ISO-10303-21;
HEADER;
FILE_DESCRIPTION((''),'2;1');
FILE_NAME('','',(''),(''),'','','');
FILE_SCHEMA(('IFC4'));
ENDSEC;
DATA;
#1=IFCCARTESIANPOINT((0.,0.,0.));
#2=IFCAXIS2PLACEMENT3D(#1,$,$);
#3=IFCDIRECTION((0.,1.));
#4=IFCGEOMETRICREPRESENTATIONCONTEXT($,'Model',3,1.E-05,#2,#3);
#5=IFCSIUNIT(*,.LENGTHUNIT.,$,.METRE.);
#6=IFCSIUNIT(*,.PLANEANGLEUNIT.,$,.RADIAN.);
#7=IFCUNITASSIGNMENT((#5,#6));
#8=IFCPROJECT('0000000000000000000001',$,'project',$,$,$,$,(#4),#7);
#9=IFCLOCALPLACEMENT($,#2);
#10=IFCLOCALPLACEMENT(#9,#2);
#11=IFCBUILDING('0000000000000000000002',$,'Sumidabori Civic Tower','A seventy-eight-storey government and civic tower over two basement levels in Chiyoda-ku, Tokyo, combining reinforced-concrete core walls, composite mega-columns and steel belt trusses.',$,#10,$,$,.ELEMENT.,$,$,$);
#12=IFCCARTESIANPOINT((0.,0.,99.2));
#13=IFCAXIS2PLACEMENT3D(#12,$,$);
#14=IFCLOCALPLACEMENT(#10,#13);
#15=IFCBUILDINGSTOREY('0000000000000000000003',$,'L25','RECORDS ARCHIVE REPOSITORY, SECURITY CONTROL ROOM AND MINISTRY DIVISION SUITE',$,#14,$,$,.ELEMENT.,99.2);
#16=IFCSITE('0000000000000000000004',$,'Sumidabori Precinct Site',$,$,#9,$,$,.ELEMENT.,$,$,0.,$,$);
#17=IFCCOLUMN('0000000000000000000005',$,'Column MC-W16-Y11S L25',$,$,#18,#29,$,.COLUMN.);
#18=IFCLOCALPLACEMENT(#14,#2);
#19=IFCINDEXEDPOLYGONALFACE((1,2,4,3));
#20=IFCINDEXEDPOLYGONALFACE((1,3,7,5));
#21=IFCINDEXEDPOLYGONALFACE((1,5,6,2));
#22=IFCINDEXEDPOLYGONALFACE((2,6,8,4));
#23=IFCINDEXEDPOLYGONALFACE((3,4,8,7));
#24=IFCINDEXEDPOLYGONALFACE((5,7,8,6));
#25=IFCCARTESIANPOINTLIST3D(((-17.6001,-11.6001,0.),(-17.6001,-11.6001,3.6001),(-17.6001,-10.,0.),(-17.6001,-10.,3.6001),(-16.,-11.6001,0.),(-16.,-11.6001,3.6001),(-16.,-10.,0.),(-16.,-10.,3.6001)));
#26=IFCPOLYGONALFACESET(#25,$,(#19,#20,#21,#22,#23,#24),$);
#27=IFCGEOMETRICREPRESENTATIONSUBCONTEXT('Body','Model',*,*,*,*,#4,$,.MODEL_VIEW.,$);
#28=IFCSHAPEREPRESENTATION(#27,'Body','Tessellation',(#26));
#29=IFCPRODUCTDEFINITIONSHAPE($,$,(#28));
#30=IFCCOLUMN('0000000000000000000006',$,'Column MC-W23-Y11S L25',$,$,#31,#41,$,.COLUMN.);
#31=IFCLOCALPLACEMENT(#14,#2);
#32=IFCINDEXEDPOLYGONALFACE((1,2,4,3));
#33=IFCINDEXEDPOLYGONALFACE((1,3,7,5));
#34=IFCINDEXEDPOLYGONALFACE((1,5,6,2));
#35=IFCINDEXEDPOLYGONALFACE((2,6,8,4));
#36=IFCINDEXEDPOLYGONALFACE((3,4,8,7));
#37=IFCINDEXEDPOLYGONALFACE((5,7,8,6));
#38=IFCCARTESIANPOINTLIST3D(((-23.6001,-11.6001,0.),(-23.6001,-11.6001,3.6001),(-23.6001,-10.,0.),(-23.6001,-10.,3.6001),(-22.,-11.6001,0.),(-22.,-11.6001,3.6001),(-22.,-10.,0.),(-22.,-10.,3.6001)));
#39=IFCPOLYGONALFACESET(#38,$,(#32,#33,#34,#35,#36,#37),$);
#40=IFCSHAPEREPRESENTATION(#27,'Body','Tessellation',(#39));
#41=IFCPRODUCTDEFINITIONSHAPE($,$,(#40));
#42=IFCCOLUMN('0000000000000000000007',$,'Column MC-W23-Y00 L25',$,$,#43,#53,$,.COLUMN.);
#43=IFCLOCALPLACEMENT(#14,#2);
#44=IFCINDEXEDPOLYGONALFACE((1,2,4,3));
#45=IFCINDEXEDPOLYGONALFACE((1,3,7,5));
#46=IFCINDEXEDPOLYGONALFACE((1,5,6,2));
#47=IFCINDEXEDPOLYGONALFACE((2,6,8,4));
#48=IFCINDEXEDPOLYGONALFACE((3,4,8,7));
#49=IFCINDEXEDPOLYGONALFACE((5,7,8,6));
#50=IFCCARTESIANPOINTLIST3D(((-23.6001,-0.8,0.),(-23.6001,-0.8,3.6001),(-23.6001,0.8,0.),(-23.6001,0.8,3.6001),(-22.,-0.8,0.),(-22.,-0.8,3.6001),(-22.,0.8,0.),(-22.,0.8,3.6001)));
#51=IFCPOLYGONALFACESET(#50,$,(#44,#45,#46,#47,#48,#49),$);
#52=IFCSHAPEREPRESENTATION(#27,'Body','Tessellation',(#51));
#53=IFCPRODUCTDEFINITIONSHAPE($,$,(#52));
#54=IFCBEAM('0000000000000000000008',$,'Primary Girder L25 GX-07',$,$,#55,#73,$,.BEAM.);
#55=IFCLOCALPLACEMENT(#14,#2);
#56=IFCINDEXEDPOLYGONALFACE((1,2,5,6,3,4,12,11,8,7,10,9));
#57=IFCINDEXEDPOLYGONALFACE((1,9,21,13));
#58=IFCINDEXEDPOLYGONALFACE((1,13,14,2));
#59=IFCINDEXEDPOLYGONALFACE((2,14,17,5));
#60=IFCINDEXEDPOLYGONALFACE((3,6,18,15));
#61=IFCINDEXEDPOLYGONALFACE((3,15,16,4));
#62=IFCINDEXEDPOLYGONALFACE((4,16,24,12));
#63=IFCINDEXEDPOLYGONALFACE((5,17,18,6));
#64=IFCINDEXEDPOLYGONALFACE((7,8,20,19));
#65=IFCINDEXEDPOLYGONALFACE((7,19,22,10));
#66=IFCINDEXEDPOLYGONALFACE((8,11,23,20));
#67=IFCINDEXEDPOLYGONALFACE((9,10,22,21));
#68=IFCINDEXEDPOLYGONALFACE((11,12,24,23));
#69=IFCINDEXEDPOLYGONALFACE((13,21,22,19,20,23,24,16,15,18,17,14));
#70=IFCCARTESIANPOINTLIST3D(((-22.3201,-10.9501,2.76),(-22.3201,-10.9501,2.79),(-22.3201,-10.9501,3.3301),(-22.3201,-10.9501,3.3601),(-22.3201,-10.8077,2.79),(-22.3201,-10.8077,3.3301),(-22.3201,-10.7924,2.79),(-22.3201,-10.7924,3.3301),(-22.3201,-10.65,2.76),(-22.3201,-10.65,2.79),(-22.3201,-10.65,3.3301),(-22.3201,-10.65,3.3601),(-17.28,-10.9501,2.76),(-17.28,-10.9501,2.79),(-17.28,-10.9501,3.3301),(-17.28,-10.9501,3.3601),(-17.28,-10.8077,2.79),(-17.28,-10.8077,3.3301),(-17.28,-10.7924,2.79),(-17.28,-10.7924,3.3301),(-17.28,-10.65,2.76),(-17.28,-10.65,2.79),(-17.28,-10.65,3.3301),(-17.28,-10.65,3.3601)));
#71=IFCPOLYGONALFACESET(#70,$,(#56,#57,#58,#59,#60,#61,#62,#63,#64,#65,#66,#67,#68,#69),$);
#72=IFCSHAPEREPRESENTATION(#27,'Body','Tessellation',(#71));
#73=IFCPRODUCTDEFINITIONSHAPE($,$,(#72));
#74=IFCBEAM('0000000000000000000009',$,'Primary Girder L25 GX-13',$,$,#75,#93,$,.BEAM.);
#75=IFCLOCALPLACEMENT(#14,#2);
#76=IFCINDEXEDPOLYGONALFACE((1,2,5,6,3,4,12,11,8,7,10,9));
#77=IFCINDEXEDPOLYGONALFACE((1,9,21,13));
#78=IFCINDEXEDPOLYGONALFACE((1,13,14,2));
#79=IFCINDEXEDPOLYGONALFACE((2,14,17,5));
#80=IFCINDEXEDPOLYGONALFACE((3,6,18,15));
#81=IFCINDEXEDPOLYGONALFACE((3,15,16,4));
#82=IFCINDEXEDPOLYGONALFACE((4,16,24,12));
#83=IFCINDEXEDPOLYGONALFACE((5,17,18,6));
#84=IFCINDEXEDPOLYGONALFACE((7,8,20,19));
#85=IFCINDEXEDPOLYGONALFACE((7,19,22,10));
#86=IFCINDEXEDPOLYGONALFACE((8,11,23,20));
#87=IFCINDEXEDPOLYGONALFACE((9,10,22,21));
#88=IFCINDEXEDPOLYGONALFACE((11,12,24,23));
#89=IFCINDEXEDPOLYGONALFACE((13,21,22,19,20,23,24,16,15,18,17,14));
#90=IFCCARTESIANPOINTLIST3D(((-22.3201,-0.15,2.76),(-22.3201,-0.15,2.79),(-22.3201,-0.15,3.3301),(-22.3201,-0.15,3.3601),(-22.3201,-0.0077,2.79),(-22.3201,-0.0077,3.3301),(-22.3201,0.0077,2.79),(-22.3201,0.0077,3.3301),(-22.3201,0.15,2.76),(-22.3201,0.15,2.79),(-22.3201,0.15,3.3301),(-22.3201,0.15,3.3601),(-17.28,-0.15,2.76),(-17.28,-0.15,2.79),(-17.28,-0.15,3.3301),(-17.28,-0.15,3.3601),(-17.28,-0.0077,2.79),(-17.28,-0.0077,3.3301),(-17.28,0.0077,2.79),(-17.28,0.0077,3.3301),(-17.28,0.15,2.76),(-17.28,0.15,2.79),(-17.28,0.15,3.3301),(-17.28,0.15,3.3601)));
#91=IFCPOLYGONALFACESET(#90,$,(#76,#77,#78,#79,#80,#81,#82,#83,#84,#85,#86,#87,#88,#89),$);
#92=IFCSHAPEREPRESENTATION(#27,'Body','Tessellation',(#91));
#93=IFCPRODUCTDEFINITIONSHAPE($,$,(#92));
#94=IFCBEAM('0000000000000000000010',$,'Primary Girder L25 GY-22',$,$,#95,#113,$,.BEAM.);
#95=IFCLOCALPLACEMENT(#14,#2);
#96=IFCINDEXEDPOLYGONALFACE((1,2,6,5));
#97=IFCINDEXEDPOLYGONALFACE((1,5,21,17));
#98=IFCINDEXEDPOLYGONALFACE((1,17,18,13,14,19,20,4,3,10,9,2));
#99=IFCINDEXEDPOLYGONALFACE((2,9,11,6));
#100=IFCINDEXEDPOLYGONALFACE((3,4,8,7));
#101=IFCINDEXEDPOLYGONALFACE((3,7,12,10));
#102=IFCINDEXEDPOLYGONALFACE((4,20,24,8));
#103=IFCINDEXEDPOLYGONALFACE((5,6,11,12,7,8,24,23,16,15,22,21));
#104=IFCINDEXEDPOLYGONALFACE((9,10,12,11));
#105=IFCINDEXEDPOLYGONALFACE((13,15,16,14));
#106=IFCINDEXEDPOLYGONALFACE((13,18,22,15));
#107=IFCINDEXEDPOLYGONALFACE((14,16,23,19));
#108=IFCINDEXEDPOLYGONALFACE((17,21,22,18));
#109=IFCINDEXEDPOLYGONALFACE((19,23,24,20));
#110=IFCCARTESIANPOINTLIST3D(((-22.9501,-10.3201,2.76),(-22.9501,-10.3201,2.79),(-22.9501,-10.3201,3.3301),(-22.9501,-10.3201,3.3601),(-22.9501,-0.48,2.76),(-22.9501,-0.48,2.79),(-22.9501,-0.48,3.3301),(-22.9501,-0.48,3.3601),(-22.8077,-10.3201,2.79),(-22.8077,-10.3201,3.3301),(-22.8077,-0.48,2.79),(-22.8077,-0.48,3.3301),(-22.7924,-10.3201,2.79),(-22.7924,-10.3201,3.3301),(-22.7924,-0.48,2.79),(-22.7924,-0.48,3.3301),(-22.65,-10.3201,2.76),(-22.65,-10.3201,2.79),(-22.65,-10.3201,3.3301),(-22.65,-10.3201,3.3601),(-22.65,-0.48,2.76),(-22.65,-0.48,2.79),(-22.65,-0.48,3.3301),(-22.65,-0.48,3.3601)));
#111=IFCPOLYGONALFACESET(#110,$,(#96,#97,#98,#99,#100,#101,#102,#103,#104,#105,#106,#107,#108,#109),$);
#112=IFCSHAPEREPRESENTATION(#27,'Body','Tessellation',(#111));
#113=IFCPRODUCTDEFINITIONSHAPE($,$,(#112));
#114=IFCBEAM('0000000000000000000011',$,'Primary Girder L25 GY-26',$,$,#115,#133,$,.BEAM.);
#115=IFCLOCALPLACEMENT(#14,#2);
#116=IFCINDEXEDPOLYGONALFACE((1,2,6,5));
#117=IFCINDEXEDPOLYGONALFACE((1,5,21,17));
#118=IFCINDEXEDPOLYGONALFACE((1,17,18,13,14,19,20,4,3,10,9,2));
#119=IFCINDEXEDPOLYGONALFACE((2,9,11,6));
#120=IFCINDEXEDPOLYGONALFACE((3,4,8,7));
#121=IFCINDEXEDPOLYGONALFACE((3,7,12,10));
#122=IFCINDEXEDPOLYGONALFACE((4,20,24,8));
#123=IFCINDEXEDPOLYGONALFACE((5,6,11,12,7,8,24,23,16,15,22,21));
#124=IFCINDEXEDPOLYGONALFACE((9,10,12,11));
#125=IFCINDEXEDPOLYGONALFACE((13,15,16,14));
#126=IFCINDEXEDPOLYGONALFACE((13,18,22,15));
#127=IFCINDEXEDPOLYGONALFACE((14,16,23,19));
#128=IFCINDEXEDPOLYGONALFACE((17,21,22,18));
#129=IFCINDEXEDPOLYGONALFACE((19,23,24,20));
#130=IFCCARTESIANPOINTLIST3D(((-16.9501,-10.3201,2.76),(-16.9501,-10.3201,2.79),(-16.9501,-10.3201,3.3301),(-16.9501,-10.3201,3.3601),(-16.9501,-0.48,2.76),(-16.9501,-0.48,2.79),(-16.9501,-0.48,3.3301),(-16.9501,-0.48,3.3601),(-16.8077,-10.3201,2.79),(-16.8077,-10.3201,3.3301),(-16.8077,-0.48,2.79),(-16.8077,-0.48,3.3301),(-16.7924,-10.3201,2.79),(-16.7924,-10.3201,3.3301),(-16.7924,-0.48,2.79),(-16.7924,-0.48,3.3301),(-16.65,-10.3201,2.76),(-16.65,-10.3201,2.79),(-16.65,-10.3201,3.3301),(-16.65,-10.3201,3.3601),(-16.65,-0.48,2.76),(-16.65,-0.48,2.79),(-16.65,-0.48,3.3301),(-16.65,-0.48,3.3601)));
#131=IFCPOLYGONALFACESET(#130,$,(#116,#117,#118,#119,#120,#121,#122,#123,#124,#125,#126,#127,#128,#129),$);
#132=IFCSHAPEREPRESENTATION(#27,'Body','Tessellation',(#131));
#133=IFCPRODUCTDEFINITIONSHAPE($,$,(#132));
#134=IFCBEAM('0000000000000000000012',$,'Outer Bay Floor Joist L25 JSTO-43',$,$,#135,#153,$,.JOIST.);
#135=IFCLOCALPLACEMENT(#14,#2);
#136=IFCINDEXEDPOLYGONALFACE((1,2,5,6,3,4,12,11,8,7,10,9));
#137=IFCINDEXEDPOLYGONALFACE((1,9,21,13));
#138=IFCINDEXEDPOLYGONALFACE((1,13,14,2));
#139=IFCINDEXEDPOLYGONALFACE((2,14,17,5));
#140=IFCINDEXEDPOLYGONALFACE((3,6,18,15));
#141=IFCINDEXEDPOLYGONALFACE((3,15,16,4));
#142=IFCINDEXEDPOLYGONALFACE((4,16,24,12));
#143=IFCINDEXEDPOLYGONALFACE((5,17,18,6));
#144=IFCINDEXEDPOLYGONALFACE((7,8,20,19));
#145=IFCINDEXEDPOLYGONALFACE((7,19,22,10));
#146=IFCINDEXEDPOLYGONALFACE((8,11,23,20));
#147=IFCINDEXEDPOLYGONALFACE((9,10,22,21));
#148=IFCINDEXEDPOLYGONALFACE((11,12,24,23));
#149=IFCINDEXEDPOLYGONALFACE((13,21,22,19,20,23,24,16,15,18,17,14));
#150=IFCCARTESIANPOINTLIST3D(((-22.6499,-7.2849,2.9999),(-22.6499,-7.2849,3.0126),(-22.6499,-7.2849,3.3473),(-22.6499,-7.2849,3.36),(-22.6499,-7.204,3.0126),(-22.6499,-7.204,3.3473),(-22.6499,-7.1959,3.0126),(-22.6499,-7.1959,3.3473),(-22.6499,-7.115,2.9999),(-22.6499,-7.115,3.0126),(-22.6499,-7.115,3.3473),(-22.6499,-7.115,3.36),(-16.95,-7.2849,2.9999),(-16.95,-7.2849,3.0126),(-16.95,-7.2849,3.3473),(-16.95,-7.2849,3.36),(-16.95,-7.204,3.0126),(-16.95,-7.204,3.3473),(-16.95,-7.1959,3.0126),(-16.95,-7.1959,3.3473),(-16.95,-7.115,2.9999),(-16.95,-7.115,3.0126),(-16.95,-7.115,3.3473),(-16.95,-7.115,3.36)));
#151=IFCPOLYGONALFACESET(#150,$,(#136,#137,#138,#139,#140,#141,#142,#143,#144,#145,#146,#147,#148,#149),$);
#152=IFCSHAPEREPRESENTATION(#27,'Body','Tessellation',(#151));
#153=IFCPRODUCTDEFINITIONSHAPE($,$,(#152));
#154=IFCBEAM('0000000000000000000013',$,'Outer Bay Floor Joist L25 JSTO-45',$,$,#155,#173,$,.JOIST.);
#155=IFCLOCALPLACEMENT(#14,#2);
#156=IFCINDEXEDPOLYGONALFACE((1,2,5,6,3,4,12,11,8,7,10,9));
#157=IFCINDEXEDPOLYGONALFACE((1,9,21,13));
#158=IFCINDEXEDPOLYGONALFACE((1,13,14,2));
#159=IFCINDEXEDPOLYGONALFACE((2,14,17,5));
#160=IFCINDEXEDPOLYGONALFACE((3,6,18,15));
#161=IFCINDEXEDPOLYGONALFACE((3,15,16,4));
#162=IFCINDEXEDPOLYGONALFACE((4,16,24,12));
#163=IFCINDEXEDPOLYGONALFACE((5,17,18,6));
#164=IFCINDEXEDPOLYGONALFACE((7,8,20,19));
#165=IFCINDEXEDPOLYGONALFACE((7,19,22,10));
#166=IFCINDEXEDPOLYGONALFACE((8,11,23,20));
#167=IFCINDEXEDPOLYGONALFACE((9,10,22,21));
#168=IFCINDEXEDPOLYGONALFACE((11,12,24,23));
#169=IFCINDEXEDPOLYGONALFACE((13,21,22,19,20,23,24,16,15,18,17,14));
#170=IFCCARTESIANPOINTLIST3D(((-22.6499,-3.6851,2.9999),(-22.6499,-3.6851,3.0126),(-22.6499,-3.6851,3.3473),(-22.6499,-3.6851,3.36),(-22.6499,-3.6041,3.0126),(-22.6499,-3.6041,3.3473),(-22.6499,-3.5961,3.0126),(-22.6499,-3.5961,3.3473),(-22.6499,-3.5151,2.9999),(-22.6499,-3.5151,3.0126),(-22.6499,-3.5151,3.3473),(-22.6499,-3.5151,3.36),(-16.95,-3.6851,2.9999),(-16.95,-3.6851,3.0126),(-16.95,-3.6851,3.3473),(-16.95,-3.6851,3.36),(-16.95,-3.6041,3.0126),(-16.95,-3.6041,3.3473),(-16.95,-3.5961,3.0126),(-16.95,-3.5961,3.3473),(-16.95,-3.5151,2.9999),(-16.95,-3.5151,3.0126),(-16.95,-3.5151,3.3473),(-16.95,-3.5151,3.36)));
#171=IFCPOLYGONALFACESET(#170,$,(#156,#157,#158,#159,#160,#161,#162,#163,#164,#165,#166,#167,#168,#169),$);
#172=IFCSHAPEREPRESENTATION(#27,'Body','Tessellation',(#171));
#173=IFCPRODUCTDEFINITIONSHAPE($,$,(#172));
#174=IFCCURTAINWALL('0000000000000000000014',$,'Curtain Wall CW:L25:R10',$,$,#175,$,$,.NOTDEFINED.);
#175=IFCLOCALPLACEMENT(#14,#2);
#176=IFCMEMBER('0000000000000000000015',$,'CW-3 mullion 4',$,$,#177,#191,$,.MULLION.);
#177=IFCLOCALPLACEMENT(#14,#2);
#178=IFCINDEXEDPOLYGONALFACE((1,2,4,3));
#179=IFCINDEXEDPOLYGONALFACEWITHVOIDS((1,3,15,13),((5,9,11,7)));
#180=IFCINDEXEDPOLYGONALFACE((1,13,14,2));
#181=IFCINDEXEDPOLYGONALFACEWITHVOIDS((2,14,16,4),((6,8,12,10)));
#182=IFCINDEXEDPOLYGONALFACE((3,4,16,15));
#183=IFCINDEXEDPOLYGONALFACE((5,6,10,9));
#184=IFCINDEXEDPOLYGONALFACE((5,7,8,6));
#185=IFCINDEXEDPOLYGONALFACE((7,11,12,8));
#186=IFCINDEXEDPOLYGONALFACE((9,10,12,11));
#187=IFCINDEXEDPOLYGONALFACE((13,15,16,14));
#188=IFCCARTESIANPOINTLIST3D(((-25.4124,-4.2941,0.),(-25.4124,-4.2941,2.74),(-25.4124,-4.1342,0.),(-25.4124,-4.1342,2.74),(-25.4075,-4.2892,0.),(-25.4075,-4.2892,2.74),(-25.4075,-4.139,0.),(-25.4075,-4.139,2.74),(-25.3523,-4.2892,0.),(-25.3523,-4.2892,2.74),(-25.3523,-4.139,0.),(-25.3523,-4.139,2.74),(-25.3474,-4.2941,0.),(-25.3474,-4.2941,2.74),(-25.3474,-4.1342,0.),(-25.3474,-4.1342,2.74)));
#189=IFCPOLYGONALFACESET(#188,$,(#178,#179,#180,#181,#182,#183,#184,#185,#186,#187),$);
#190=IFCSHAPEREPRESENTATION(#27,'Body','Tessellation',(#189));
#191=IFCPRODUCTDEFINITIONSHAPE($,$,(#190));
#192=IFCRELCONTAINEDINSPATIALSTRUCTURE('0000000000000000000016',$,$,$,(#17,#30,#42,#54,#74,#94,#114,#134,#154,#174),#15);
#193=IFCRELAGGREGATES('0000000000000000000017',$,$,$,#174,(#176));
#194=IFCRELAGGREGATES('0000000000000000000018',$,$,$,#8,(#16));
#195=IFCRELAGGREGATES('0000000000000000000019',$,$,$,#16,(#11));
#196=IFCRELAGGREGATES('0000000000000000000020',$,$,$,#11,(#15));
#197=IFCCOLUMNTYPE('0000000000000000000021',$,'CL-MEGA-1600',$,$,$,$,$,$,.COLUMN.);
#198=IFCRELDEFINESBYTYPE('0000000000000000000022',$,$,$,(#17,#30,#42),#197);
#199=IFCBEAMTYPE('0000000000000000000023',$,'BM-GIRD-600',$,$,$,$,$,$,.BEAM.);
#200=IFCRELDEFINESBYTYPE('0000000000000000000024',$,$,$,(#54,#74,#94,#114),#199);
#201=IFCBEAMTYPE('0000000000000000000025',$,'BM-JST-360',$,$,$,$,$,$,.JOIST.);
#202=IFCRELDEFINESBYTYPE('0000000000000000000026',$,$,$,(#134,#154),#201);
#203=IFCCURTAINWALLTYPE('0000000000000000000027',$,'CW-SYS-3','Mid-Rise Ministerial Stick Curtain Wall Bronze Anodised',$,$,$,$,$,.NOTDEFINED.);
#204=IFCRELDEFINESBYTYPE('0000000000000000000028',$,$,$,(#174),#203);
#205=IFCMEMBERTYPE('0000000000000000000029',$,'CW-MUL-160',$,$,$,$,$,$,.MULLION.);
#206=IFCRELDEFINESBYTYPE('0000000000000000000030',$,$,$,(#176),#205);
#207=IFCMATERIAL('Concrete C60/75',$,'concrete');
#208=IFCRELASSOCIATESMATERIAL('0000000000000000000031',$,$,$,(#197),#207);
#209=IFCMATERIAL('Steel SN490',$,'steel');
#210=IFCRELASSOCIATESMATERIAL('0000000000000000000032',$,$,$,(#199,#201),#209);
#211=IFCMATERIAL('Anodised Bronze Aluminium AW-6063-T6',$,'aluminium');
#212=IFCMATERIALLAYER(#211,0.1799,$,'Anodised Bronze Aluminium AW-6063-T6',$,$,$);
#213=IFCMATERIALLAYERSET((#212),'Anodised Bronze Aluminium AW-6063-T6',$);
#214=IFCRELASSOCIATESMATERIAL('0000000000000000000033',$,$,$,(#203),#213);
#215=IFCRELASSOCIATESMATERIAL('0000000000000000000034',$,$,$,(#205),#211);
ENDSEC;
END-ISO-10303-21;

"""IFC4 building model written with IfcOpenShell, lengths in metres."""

from ifc_helpers import new_model, si_unit, direction, frame, origin, origin_2d, place, context, subcontext, project, spatial, rectangle, hollow_rectangle, i_section, extrude, source, transform, mapped, material, layer, layer_set, material_profile, profile_set, type_object, element, aggregate, save


model = new_model("IFC4")

# Units and contexts
model_context = context("Model", 3, precision=1e-05, world=origin(), true_north=direction((0.0, 1.0)))
body_context = subcontext(model_context, "Body", "Model", "MODEL_VIEW")
ifc_project = project(units=[si_unit("LENGTHUNIT", "METRE"), si_unit("PLANEANGLEUNIT", "RADIAN")], contexts=[model_context])

# Site, building, storey
site_placement = place(None, origin())
site = spatial("IfcSite", under=ifc_project, at=site_placement, Name="Sumidabori Precinct Site", CompositionType="ELEMENT", RefElevation=0.0)
building_placement = place(site_placement, origin())
building = spatial("IfcBuilding", under=site, at=building_placement, Name="Sumidabori Civic Tower", Description="A seventy-eight-storey government and civic tower over two basement levels in Chiyoda-ku, Tokyo, combining reinforced-concrete core walls, composite mega-columns and steel belt trusses.", CompositionType="ELEMENT")
storey_placement = place(building_placement, frame((0.0, 0.0, 99.2)))
storey = spatial("IfcBuildingStorey", under=building, at=storey_placement, Name="L25", Description="RECORDS ARCHIVE REPOSITORY, SECURITY CONTROL ROOM AND MINISTRY DIVISION SUITE", CompositionType="ELEMENT", Elevation=99.2)

# Columns
ifc_material_1 = material(Name="Concrete C60/75", Category="concrete")
ifc_material_profile_1 = material_profile(ifc_material_1, rectangle(XDim=1.6001, YDim=1.6001, at=origin_2d()), Name="RC 1600x1600")
ifc_profile_set_1 = profile_set([ifc_material_profile_1], Name="Concrete C60/75")
column_type = type_object("IfcColumnType", Name="CL-MEGA-1600", PredefinedType="COLUMN", material=ifc_profile_set_1)
shared_shape_1 = source(origin(), body_context, "Body", "SweptSolid", [
    extrude(rectangle(XDim=1.6001, YDim=1.6001, at=origin_2d()), origin(), (0.0, 0.0, 1.0), 3.6001),
])
for number, where, z_axis, x_axis, name in (
    (1, (-16.8, -10.8, 0.0), (0.0, 0.0, 1.0), (1.0, 0.0, 0.0), "Column MC-W16-Y11S L25"),
    (2, (-22.8, -10.8, 0.0), (0.0, 0.0, 1.0), (1.0, 0.0, 0.0), "Column MC-W23-Y11S L25"),
    (3, (-22.8, 0.0, 0.0), (0.0, 0.0, 1.0), (1.0, 0.0, 0.0), "Column MC-W23-Y00 L25"),
):
    element("IfcColumn", number, at=place(storey_placement, frame(where, z_axis=z_axis, x_axis=x_axis)), inside=storey, type_object=column_type, Name=name, PredefinedType="COLUMN", context=body_context, shape_type="MappedRepresentation", body=[
        mapped(shared_shape_1, transform((0.0, 0.0, 0.0), x_axis=(1.0, 0.0, 0.0), y_axis=(0.0, 1.0, 0.0), z_axis=(0.0, 0.0, 1.0), scale=1.0)),
    ])

# Beams
ifc_material_2 = material(Name="Steel SN490", Category="steel")
ifc_material_profile_2 = material_profile(ifc_material_2, i_section(OverallWidth=0.3, OverallDepth=0.6001, WebThickness=0.0154, FlangeThickness=0.03, at=origin_2d()), Name="HE 600 B")
ifc_profile_set_2 = profile_set([ifc_material_profile_2], Name="Steel SN490")
beam_type_1 = type_object("IfcBeamType", Name="BM-GIRD-600", PredefinedType="BEAM", material=ifc_profile_set_2)
shared_shape_2 = source(origin(), body_context, "Body", "SweptSolid", [
    extrude(i_section(OverallWidth=0.3, OverallDepth=0.6001, WebThickness=0.0154, FlangeThickness=0.03, at=origin_2d()), origin(), (0.0, 0.0, 1.0), 5.04),
])
for number, where, z_axis, x_axis, name in (
    (4, (-22.3201, -10.8, 3.0601), (1.0, 0.0, 0.0), (0.0, 1.0, 0.0), "Primary Girder L25 GX-07"),
    (5, (-22.3201, 0.0, 3.0601), (1.0, 0.0, 0.0), (0.0, 1.0, 0.0), "Primary Girder L25 GX-13"),
):
    element("IfcBeam", number, at=place(storey_placement, frame(where, z_axis=z_axis, x_axis=x_axis)), inside=storey, type_object=beam_type_1, Name=name, PredefinedType="BEAM", context=body_context, shape_type="MappedRepresentation", body=[
        mapped(shared_shape_2, transform((0.0, 0.0, 0.0), x_axis=(1.0, 0.0, 0.0), y_axis=(0.0, 1.0, 0.0), z_axis=(0.0, 0.0, 1.0), scale=1.0)),
    ])
shared_shape_3 = source(origin(), body_context, "Body", "SweptSolid", [
    extrude(i_section(OverallWidth=0.3, OverallDepth=0.6001, WebThickness=0.0154, FlangeThickness=0.03, at=origin_2d()), origin(), (0.0, 0.0, 1.0), 9.8401),
])
for number, where, z_axis, x_axis, name in (
    (6, (-22.8, -10.3201, 3.0601), (0.0, 1.0, 0.0), (-1.0, 0.0, 0.0), "Primary Girder L25 GY-22"),
    (7, (-16.8, -10.3201, 3.0601), (0.0, 1.0, 0.0), (-1.0, 0.0, 0.0), "Primary Girder L25 GY-26"),
):
    element("IfcBeam", number, at=place(storey_placement, frame(where, z_axis=z_axis, x_axis=x_axis)), inside=storey, type_object=beam_type_1, Name=name, PredefinedType="BEAM", context=body_context, shape_type="MappedRepresentation", body=[
        mapped(shared_shape_3, transform((0.0, 0.0, 0.0), x_axis=(1.0, 0.0, 0.0), y_axis=(0.0, 1.0, 0.0), z_axis=(0.0, 0.0, 1.0), scale=1.0)),
    ])
ifc_material_profile_3 = material_profile(ifc_material_2, i_section(OverallWidth=0.1699, OverallDepth=0.3601, WebThickness=0.0081, FlangeThickness=0.0127, at=origin_2d()), Name="IPE 360")
ifc_profile_set_3 = profile_set([ifc_material_profile_3], Name="Steel SN490")
beam_type_2 = type_object("IfcBeamType", Name="BM-JST-360", PredefinedType="JOIST", material=ifc_profile_set_3)
shared_shape_4 = source(origin(), body_context, "Body", "SweptSolid", [
    extrude(i_section(OverallWidth=0.1699, OverallDepth=0.3601, WebThickness=0.0081, FlangeThickness=0.0127, at=origin_2d()), origin(), (0.0, 0.0, 1.0), 5.7),
])
for number, where, z_axis, x_axis, name in (
    (8, (-22.6499, -7.2, 3.1799), (1.0, 0.0, 0.0), (0.0, 1.0, 0.0), "Outer Bay Floor Joist L25 JSTO-43"),
    (9, (-22.6499, -3.6001, 3.1799), (1.0, 0.0, 0.0), (0.0, 1.0, 0.0), "Outer Bay Floor Joist L25 JSTO-45"),
):
    element("IfcBeam", number, at=place(storey_placement, frame(where, z_axis=z_axis, x_axis=x_axis)), inside=storey, type_object=beam_type_2, Name=name, PredefinedType="JOIST", context=body_context, shape_type="MappedRepresentation", body=[
        mapped(shared_shape_4, transform((0.0, 0.0, 0.0), x_axis=(1.0, 0.0, 0.0), y_axis=(0.0, 1.0, 0.0), z_axis=(0.0, 0.0, 1.0), scale=1.0)),
    ])

# Curtain wall, member
ifc_material_3 = material(Name="Anodised Bronze Aluminium AW-6063-T6", Category="aluminium")
ifc_layer_1 = layer(ifc_material_3, 0.1799, Name="Anodised Bronze Aluminium AW-6063-T6")
ifc_layer_set_1 = layer_set([ifc_layer_1], Name="Anodised Bronze Aluminium AW-6063-T6")
curtain_wall_type = type_object("IfcCurtainWallType", Name="CW-SYS-3", Description="Mid-Rise Ministerial Stick Curtain Wall Bronze Anodised", PredefinedType="NOTDEFINED", material=ifc_layer_set_1)
curtain_wall_placement = place(storey_placement, origin())
curtain_wall = element("IfcCurtainWall", 10, at=curtain_wall_placement, inside=storey, type_object=curtain_wall_type, Name="Curtain Wall CW:L25:R10", PredefinedType="NOTDEFINED")
ifc_material_profile_4 = material_profile(ifc_material_3, hollow_rectangle(XDim=0.0649, YDim=0.1599, WallThickness=0.0049, at=origin_2d()), Name="ALU MULLION 160x65")
ifc_profile_set_4 = profile_set([ifc_material_profile_4], Name="Anodised Bronze Aluminium AW-6063-T6")
member_type_1 = type_object("IfcMemberType", Name="CW-MUL-160", PredefinedType="MULLION", material=ifc_profile_set_4)
shared_shape_5 = source(origin(), body_context, "Body", "SweptSolid", [
    extrude(hollow_rectangle(XDim=0.0649, YDim=0.1599, WallThickness=0.0049, at=origin_2d()), origin(), (0.0, 0.0, 1.0), 2.74),
])
member_1_placement = place(storey_placement, frame((-25.3799, -4.2141, 0.0), z_axis=(0.0, 0.0, 1.0), x_axis=(1.0, 0.0, 0.0)))
member_1 = element("IfcMember", 11, at=member_1_placement, type_object=member_type_1, Name="CW-3 mullion 4", PredefinedType="MULLION", context=body_context, shape_type="MappedRepresentation", body=[
    mapped(shared_shape_5, transform((0.0, 0.0, 0.0), x_axis=(1.0, 0.0, 0.0), y_axis=(0.0, 1.0, 0.0), z_axis=(0.0, 0.0, 1.0), scale=1.0)),
])
aggregate(curtain_wall, [member_1])

save(model, "model.ifc")
